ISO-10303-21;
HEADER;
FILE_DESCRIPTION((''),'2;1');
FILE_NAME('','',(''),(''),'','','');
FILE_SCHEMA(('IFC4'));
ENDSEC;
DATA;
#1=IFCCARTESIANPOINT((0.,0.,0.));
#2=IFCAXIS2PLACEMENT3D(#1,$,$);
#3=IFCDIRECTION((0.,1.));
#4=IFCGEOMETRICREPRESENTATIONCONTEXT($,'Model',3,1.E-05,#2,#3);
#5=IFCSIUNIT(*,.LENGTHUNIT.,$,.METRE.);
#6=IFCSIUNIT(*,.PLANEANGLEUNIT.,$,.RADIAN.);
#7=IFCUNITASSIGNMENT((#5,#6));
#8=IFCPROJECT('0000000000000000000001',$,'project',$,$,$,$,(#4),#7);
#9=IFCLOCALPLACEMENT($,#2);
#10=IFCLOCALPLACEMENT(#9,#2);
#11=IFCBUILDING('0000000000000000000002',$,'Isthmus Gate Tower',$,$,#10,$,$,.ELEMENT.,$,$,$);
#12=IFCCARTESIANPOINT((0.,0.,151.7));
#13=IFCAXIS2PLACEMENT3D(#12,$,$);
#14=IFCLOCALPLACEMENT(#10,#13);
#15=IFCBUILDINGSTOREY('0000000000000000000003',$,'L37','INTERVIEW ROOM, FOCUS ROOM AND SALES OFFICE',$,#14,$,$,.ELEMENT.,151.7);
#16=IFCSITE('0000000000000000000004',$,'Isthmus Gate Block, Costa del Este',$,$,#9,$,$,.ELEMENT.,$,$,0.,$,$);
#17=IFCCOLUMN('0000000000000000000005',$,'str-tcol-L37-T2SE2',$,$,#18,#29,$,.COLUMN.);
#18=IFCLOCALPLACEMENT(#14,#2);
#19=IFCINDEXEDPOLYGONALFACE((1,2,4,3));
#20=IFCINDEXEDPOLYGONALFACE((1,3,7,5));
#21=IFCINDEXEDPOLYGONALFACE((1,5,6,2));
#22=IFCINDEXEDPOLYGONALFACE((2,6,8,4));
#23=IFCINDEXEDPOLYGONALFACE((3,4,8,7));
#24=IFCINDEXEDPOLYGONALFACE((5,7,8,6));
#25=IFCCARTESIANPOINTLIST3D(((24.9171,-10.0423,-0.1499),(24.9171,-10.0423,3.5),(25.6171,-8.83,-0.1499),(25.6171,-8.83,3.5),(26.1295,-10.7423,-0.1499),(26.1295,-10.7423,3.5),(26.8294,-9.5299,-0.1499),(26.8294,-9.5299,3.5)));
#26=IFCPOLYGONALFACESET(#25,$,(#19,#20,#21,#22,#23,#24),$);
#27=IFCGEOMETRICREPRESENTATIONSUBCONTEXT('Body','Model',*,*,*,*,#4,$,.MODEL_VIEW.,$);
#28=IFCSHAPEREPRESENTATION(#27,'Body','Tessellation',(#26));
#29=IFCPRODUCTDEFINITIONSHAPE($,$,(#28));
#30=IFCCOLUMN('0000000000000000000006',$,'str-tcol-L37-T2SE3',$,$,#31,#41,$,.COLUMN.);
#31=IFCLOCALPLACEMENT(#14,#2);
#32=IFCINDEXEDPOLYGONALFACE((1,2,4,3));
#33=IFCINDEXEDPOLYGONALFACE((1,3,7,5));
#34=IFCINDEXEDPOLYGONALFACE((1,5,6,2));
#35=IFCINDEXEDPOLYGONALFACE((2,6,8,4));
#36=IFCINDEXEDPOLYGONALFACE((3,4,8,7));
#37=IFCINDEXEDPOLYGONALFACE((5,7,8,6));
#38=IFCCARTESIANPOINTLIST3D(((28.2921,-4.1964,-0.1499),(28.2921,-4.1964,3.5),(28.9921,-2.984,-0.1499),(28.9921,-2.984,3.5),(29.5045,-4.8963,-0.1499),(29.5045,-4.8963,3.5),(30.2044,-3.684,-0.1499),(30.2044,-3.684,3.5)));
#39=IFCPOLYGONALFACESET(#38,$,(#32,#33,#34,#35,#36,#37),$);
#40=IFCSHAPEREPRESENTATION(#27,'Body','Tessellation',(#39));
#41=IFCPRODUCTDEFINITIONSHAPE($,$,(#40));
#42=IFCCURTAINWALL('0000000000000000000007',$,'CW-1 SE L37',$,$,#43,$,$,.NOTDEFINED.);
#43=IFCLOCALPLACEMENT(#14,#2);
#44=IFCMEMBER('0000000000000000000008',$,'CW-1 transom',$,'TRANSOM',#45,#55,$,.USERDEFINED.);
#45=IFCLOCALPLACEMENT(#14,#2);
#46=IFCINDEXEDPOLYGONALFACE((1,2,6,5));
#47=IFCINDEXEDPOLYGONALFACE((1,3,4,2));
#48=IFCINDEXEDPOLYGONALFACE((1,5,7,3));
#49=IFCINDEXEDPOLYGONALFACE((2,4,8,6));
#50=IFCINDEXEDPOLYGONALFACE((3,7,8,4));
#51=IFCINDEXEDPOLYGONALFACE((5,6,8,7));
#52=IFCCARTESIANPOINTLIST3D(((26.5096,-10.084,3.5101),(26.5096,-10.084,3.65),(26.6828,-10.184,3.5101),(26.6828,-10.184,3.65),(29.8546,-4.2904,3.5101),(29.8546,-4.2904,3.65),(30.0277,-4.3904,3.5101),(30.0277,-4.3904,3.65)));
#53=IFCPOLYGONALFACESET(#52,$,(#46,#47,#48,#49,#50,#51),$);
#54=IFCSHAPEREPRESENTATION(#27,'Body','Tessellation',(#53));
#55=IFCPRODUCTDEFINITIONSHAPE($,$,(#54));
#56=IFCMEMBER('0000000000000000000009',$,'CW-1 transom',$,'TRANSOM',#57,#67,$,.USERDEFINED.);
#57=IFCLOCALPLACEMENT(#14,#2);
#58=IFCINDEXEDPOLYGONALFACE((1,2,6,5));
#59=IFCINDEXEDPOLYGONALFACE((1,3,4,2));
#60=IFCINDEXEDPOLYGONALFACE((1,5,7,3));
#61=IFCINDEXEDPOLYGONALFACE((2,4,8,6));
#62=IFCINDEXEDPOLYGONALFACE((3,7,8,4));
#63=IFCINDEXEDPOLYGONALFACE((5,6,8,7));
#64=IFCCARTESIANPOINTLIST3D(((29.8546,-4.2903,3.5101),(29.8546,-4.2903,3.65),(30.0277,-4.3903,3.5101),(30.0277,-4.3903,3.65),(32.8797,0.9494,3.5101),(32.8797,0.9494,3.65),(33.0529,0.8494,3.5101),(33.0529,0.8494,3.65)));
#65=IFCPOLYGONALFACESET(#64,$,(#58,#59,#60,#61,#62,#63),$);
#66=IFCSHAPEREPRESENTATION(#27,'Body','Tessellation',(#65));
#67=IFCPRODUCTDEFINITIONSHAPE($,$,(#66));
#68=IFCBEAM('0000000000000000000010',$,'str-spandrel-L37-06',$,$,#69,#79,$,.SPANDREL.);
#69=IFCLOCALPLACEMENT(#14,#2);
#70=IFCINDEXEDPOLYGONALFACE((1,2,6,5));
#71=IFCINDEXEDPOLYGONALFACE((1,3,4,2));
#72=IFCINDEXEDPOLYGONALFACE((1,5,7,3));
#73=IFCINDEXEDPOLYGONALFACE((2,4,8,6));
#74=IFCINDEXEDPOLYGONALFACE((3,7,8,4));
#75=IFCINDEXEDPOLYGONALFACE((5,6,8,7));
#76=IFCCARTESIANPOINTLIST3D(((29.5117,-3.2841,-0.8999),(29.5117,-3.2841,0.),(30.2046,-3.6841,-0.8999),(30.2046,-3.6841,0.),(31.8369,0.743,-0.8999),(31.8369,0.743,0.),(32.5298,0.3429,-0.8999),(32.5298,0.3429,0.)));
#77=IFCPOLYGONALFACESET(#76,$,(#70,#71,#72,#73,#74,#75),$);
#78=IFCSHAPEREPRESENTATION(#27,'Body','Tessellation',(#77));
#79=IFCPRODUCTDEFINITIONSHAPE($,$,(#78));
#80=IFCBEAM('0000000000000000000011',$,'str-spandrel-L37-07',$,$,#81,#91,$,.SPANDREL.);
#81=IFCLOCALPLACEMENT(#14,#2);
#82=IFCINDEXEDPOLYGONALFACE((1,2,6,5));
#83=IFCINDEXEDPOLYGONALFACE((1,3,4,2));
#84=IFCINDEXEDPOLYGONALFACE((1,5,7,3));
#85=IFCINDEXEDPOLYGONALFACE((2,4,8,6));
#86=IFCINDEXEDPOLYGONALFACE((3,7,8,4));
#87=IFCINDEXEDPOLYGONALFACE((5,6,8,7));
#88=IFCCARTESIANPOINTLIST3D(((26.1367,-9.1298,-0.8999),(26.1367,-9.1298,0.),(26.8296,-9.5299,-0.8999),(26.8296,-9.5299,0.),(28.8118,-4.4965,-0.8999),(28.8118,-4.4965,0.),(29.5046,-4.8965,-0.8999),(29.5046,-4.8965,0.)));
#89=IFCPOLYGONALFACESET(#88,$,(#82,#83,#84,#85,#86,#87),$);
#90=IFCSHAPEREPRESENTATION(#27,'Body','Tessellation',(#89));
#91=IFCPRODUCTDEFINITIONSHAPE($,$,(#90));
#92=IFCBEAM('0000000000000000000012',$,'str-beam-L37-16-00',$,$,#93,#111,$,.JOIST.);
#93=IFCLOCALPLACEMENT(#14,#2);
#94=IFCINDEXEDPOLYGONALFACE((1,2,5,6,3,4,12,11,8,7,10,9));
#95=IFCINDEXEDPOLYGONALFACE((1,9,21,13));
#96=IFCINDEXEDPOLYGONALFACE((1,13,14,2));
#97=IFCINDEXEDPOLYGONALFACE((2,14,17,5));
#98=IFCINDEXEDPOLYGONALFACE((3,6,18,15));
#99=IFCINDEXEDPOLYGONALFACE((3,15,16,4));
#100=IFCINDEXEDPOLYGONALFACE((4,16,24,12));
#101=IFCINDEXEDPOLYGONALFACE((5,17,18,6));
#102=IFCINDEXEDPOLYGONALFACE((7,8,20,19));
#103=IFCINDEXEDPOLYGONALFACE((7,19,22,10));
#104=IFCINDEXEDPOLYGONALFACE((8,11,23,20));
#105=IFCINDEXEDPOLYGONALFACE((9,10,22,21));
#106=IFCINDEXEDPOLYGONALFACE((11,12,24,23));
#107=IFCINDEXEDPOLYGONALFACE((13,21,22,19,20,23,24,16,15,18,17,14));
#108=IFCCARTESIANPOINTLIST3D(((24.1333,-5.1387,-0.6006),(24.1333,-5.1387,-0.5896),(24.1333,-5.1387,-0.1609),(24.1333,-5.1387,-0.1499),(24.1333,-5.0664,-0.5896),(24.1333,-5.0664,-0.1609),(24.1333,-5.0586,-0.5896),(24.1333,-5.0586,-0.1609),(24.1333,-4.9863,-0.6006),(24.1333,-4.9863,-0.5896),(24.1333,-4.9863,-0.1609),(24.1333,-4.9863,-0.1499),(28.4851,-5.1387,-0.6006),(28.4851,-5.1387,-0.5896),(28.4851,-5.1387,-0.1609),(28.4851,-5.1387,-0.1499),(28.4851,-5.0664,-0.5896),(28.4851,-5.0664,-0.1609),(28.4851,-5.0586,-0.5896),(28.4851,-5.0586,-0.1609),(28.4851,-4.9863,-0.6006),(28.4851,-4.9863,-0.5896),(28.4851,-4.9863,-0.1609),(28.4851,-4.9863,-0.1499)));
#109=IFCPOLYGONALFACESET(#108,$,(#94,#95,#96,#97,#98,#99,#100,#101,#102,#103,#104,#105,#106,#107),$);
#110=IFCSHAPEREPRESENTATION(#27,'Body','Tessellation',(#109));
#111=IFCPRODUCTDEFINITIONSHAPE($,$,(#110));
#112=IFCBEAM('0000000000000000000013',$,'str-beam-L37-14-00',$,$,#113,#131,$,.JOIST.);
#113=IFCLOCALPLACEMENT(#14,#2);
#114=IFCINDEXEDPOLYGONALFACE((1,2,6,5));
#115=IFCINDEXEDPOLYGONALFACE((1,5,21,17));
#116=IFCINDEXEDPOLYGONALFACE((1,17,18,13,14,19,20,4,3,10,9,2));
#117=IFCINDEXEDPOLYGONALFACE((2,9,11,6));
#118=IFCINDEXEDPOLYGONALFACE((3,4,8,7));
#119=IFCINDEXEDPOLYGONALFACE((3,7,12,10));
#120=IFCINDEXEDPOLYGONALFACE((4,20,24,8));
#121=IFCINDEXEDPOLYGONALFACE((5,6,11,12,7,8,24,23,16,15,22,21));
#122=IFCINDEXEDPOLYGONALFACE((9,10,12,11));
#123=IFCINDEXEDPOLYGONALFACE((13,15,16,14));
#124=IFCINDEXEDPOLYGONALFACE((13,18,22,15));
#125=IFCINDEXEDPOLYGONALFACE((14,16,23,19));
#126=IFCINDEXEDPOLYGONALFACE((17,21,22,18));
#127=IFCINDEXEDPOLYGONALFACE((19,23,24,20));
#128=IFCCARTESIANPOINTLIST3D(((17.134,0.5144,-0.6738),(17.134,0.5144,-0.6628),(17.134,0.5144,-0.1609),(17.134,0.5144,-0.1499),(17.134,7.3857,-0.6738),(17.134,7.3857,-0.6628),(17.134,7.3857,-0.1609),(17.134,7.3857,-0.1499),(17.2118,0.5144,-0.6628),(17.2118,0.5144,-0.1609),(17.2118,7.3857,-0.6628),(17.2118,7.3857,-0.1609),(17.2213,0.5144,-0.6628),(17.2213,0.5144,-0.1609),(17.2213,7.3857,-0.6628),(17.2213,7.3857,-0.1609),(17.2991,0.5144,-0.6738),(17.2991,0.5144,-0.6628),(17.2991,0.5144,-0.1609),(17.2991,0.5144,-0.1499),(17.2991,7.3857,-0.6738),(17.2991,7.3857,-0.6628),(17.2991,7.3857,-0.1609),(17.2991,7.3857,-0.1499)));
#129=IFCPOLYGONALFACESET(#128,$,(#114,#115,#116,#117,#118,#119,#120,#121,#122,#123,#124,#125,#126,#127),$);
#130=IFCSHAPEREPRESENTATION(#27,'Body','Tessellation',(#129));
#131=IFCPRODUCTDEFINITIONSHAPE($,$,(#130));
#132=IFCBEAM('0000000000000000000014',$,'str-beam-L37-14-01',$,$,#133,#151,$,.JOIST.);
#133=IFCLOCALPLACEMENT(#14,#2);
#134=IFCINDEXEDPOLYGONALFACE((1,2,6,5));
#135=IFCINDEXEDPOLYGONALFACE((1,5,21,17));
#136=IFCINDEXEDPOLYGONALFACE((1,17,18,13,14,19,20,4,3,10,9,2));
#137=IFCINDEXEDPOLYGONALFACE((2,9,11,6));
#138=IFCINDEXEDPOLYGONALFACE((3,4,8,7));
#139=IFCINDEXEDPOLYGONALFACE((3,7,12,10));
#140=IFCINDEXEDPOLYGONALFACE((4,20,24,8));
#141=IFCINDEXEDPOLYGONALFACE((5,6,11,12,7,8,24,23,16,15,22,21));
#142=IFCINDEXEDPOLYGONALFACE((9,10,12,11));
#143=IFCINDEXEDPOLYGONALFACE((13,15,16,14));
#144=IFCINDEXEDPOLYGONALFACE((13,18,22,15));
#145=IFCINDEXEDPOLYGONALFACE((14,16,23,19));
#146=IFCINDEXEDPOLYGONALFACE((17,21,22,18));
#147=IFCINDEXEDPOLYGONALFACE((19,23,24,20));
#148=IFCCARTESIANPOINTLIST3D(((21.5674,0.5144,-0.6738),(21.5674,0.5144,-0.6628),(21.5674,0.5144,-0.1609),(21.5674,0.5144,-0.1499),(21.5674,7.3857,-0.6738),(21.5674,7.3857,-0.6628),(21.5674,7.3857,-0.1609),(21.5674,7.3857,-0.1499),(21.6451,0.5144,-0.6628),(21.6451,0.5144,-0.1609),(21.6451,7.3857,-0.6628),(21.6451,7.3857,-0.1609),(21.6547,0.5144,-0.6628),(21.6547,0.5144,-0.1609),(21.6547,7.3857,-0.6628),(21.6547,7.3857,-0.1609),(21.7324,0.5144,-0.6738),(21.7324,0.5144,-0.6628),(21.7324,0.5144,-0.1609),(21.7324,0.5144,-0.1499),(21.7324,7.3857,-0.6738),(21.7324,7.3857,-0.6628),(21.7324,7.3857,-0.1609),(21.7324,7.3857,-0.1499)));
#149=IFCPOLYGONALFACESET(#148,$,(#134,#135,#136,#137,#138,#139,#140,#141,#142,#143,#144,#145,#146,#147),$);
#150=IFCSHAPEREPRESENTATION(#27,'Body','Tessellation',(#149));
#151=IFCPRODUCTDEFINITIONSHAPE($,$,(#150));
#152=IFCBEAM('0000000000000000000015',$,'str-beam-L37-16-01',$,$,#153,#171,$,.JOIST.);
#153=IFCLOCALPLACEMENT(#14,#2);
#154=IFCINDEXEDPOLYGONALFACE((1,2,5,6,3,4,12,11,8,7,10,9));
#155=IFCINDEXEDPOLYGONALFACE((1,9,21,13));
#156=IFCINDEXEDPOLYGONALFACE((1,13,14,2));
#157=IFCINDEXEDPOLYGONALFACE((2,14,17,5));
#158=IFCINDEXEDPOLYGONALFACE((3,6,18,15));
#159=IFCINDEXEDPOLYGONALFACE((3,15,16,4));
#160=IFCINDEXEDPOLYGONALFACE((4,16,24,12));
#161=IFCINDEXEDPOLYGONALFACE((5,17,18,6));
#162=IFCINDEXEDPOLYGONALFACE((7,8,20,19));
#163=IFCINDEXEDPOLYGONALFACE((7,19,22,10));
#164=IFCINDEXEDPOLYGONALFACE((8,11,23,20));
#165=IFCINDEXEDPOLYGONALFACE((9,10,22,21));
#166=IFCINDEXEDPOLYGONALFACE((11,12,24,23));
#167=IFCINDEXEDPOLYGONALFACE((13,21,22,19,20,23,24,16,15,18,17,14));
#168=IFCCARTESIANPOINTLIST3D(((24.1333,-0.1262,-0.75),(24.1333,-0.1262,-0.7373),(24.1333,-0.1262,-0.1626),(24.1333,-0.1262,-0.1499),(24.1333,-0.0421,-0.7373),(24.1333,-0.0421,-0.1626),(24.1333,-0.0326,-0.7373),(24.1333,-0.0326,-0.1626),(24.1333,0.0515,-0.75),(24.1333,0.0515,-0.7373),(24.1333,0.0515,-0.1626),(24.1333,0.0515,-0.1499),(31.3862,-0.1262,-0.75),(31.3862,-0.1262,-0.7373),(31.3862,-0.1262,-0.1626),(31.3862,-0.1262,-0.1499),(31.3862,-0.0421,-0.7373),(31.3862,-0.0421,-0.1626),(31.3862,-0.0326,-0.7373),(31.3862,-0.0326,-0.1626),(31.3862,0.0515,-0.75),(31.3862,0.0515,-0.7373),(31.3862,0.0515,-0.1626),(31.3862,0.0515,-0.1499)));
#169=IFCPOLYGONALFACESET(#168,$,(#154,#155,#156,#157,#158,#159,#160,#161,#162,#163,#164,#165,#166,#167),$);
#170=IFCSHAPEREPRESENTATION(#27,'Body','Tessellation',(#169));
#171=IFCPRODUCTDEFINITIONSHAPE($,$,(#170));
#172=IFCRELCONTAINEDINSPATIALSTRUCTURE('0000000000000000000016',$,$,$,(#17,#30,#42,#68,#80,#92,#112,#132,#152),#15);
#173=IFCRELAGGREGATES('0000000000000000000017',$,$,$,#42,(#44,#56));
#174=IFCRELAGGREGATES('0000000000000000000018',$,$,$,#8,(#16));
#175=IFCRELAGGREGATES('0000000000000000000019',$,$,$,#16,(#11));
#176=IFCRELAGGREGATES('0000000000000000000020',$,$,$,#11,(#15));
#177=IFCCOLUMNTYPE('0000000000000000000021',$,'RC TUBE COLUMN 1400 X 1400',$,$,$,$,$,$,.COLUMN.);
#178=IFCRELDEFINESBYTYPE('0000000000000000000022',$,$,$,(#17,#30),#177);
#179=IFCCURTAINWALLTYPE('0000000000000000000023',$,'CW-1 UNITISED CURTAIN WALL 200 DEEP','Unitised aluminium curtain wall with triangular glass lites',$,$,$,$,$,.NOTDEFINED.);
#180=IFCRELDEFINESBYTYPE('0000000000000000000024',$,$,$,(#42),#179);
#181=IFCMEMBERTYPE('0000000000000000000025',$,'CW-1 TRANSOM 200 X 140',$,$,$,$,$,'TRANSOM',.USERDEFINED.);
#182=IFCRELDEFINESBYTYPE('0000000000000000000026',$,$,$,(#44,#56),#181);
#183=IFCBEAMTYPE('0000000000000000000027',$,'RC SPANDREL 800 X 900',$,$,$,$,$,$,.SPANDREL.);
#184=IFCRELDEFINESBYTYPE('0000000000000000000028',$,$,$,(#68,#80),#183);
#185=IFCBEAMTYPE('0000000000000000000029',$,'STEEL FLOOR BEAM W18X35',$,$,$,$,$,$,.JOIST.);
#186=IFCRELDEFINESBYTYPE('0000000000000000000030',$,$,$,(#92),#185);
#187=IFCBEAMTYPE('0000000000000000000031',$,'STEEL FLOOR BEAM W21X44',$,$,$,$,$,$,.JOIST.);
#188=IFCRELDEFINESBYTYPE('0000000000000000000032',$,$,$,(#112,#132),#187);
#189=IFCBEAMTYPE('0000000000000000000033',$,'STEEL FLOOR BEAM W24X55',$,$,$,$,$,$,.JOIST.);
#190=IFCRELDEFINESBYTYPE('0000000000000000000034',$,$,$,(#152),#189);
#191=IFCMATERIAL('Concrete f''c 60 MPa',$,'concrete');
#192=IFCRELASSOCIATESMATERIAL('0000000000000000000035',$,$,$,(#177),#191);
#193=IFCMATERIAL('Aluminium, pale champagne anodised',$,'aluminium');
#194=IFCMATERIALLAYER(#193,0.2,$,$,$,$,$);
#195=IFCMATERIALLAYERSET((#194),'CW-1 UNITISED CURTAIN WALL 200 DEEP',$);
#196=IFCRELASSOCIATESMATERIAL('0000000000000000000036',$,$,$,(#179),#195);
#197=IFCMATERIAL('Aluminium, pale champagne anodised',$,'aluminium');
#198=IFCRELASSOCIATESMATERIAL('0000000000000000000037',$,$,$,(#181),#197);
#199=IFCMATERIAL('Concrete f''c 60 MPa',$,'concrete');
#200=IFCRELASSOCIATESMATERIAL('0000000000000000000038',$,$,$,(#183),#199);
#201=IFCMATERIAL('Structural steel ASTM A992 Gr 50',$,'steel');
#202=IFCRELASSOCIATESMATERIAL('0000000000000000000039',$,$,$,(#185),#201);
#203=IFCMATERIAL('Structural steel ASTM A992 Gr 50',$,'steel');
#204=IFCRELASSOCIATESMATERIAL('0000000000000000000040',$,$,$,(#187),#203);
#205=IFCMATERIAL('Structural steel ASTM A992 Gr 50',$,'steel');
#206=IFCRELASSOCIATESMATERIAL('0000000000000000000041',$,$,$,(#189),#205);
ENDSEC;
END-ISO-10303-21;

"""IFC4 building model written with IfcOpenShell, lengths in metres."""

from ifc_helpers import new_model, si_unit, direction, frame, origin, origin_2d, place, context, subcontext, project, spatial, rectangle, i_section, extrude, material, layer, layer_set, material_profile, profile_set, type_object, element, aggregate, save


model = new_model("IFC4")

# Units and contexts
model_context = context("Model", 3, precision=1e-05, world=origin(), true_north=direction((0.0, 1.0)))
body_context = subcontext(model_context, "Body", "Model", "MODEL_VIEW")
ifc_project = project(units=[si_unit("LENGTHUNIT", "METRE"), si_unit("PLANEANGLEUNIT", "RADIAN")], contexts=[model_context])

# Site, building, storey
site_placement = place(None, origin())
site = spatial("IfcSite", under=ifc_project, at=site_placement, Name="Isthmus Gate Block, Costa del Este", CompositionType="ELEMENT", RefElevation=0.0)
building_placement = place(site_placement, origin())
building = spatial("IfcBuilding", under=site, at=building_placement, Name="Isthmus Gate Tower", CompositionType="ELEMENT")
storey_placement = place(building_placement, frame((0.0, 0.0, 151.7)))
storey = spatial("IfcBuildingStorey", under=building, at=storey_placement, Name="L37", Description="INTERVIEW ROOM, FOCUS ROOM AND SALES OFFICE", CompositionType="ELEMENT", Elevation=151.7)

# Columns
ifc_material_1 = material(Name="Concrete f'c 60 MPa", Category="concrete")
ifc_material_profile_1 = material_profile(ifc_material_1, rectangle(XDim=1.3999, YDim=1.3999, at=origin_2d()), Name="RC 1400X1400")
ifc_profile_set_1 = profile_set([ifc_material_profile_1], Name="Concrete f'c 60 MPa")
column_type = type_object("IfcColumnType", Name="RC TUBE COLUMN 1400 X 1400", PredefinedType="COLUMN", material=ifc_profile_set_1)
for number, where, z_axis, x_axis, name in (
    (1, (25.8733, -9.7861, -0.1499), (0.0, 0.0, 1.0), (0.5, 0.866025, 0.0), "str-tcol-L37-T2SE2"),
    (2, (29.2483, -3.9402, -0.1499), (0.0, 0.0, 1.0), (0.5, 0.866025, 0.0), "str-tcol-L37-T2SE3"),
):
    element("IfcColumn", number, at=place(storey_placement, frame(where, z_axis=z_axis, x_axis=x_axis)), inside=storey, type_object=column_type, Name=name, PredefinedType="COLUMN", context=body_context, shape_type="SweptSolid", body=[
        extrude(rectangle(XDim=1.3999, YDim=1.3999, at=origin_2d()), origin(), (0.0, 0.0, 1.0), 3.6499),
    ])

# Curtain wall, members
ifc_material_2 = material(Name="Aluminium, pale champagne anodised", Category="aluminium")
ifc_layer_1 = layer(ifc_material_2, 0.2)
ifc_layer_set_1 = layer_set([ifc_layer_1], Name="CW-1 UNITISED CURTAIN WALL 200 DEEP")
curtain_wall_type = type_object("IfcCurtainWallType", Name="CW-1 UNITISED CURTAIN WALL 200 DEEP", Description="Unitised aluminium curtain wall with triangular glass lites", PredefinedType="NOTDEFINED", material=ifc_layer_set_1)
curtain_wall_placement = place(storey_placement, origin())
curtain_wall = element("IfcCurtainWall", 3, at=curtain_wall_placement, inside=storey, type_object=curtain_wall_type, Name="CW-1 SE L37", PredefinedType="NOTDEFINED")
ifc_material_3 = material(Name="Aluminium, pale champagne anodised", Category="aluminium")
ifc_material_profile_2 = material_profile(ifc_material_3, rectangle(XDim=0.2, YDim=0.1399, at=origin_2d()), Name="200x140")
ifc_profile_set_2 = profile_set([ifc_material_profile_2], Name="Aluminium, pale champagne anodised")
member_type = type_object("IfcMemberType", Name="CW-1 TRANSOM 200 X 140", ElementType="TRANSOM", PredefinedType="USERDEFINED", material=ifc_profile_set_2)
member_1_placement = place(storey_placement, frame((26.5962, -10.134, 3.5801), z_axis=(0.499997, 0.866027, 0.0), x_axis=(-0.866027, 0.499997, 0.0)))
member_1 = element("IfcMember", 4, at=member_1_placement, type_object=member_type, Name="CW-1 transom", ObjectType="TRANSOM", PredefinedType="USERDEFINED", context=body_context, shape_type="SweptSolid", body=[
    extrude(rectangle(XDim=0.2, YDim=0.1399, at=origin_2d()), origin(), (0.0, 0.0, 1.0), 6.6899),
])
member_2_placement = place(storey_placement, frame((29.9412, -4.3403, 3.5801), z_axis=(0.499997, 0.866027, 0.0), x_axis=(-0.866027, 0.499997, 0.0)))
member_2 = element("IfcMember", 5, at=member_2_placement, type_object=member_type, Name="CW-1 transom", ObjectType="TRANSOM", PredefinedType="USERDEFINED", context=body_context, shape_type="SweptSolid", body=[
    extrude(rectangle(XDim=0.2, YDim=0.1399, at=origin_2d()), origin(), (0.0, 0.0, 1.0), 6.0503),
])

# Beams
ifc_material_4 = material(Name="Concrete f'c 60 MPa", Category="concrete")
ifc_material_profile_3 = material_profile(ifc_material_4, rectangle(XDim=0.8, YDim=0.8999, at=origin_2d()), Name="RC 800X900")
ifc_profile_set_3 = profile_set([ifc_material_profile_3], Name="Concrete f'c 60 MPa")
beam_type_1 = type_object("IfcBeamType", Name="RC SPANDREL 800 X 900", PredefinedType="SPANDREL", material=ifc_profile_set_3)
beam_1_placement = place(storey_placement, frame((32.1833, 0.543, -0.45), z_axis=(-0.500024, -0.866012, 0.0), x_axis=(0.866012, -0.500024, 0.0)))
element("IfcBeam", 6, at=beam_1_placement, inside=storey, type_object=beam_type_1, Name="str-spandrel-L37-06", PredefinedType="SPANDREL", context=body_context, shape_type="SweptSolid", body=[
    extrude(rectangle(XDim=0.8, YDim=0.8999, at=origin_2d()), origin(), (0.0, 0.0, 1.0), 4.6501),
])
beam_2_placement = place(storey_placement, frame((29.1582, -4.6965, -0.45), z_axis=(-0.500002, -0.866024, 0.0), x_axis=(0.866024, -0.500002, 0.0)))
element("IfcBeam", 7, at=beam_2_placement, inside=storey, type_object=beam_type_1, Name="str-spandrel-L37-07", PredefinedType="SPANDREL", context=body_context, shape_type="SweptSolid", body=[
    extrude(rectangle(XDim=0.8, YDim=0.8999, at=origin_2d()), origin(), (0.0, 0.0, 1.0), 5.3501),
])
ifc_material_5 = material(Name="Structural steel ASTM A992 Gr 50", Category="steel")
ifc_material_profile_4 = material_profile(ifc_material_5, i_section(OverallWidth=0.1523, OverallDepth=0.4507, WebThickness=0.0078, FlangeThickness=0.011, at=origin_2d()), Name="W18X35")
ifc_profile_set_4 = profile_set([ifc_material_profile_4], Name="Structural steel ASTM A992 Gr 50")
beam_type_2 = type_object("IfcBeamType", Name="STEEL FLOOR BEAM W18X35", PredefinedType="JOIST", material=ifc_profile_set_4)
beam_3_placement = place(storey_placement, frame((24.1333, -5.0625, -0.3752), z_axis=(1.0, 0.0, 0.0), x_axis=(0.0, 1.0, 0.0)))
element("IfcBeam", 8, at=beam_3_placement, inside=storey, type_object=beam_type_2, Name="str-beam-L37-16-00", PredefinedType="JOIST", context=body_context, shape_type="SweptSolid", body=[
    extrude(i_section(OverallWidth=0.1523, OverallDepth=0.4507, WebThickness=0.0078, FlangeThickness=0.011, at=origin_2d()), origin(), (0.0, 0.0, 1.0), 4.3518),
])
ifc_material_6 = material(Name="Structural steel ASTM A992 Gr 50", Category="steel")
ifc_material_profile_5 = material_profile(ifc_material_6, i_section(OverallWidth=0.165, OverallDepth=0.5239, WebThickness=0.0095, FlangeThickness=0.011, at=origin_2d()), Name="W21X44")
ifc_profile_set_5 = profile_set([ifc_material_profile_5], Name="Structural steel ASTM A992 Gr 50")
beam_type_3 = type_object("IfcBeamType", Name="STEEL FLOOR BEAM W21X44", PredefinedType="JOIST", material=ifc_profile_set_5)
for number, where, z_axis, x_axis, name in (
    (9, (17.2166, 0.5144, -0.4119), (0.0, 1.0, 0.0), (-1.0, 0.0, 0.0), "str-beam-L37-14-00"),
    (10, (21.6499, 0.5144, -0.4119), (0.0, 1.0, 0.0), (-1.0, 0.0, 0.0), "str-beam-L37-14-01"),
):
    element("IfcBeam", number, at=place(storey_placement, frame(where, z_axis=z_axis, x_axis=x_axis)), inside=storey, type_object=beam_type_3, Name=name, PredefinedType="JOIST", context=body_context, shape_type="SweptSolid", body=[
        extrude(i_section(OverallWidth=0.165, OverallDepth=0.5239, WebThickness=0.0095, FlangeThickness=0.011, at=origin_2d()), origin(), (0.0, 0.0, 1.0), 6.8713),
    ])
ifc_material_7 = material(Name="Structural steel ASTM A992 Gr 50", Category="steel")
ifc_material_profile_6 = material_profile(ifc_material_7, i_section(OverallWidth=0.1777, OverallDepth=0.6001, WebThickness=0.0095, FlangeThickness=0.0127, at=origin_2d()), Name="W24X55")
ifc_profile_set_6 = profile_set([ifc_material_profile_6], Name="Structural steel ASTM A992 Gr 50")
beam_type_4 = type_object("IfcBeamType", Name="STEEL FLOOR BEAM W24X55", PredefinedType="JOIST", material=ifc_profile_set_6)
beam_4_placement = place(storey_placement, frame((24.1333, -0.0374, -0.45), z_axis=(1.0, 0.0, 0.0), x_axis=(0.0, 1.0, 0.0)))
element("IfcBeam", 11, at=beam_4_placement, inside=storey, type_object=beam_type_4, Name="str-beam-L37-16-01", PredefinedType="JOIST", context=body_context, shape_type="SweptSolid", body=[
    extrude(i_section(OverallWidth=0.1777, OverallDepth=0.6001, WebThickness=0.0095, FlangeThickness=0.0127, at=origin_2d()), origin(), (0.0, 0.0, 1.0), 7.2529),
])

aggregate(curtain_wall, [member_1, member_2])

save(model, "model.ifc")
